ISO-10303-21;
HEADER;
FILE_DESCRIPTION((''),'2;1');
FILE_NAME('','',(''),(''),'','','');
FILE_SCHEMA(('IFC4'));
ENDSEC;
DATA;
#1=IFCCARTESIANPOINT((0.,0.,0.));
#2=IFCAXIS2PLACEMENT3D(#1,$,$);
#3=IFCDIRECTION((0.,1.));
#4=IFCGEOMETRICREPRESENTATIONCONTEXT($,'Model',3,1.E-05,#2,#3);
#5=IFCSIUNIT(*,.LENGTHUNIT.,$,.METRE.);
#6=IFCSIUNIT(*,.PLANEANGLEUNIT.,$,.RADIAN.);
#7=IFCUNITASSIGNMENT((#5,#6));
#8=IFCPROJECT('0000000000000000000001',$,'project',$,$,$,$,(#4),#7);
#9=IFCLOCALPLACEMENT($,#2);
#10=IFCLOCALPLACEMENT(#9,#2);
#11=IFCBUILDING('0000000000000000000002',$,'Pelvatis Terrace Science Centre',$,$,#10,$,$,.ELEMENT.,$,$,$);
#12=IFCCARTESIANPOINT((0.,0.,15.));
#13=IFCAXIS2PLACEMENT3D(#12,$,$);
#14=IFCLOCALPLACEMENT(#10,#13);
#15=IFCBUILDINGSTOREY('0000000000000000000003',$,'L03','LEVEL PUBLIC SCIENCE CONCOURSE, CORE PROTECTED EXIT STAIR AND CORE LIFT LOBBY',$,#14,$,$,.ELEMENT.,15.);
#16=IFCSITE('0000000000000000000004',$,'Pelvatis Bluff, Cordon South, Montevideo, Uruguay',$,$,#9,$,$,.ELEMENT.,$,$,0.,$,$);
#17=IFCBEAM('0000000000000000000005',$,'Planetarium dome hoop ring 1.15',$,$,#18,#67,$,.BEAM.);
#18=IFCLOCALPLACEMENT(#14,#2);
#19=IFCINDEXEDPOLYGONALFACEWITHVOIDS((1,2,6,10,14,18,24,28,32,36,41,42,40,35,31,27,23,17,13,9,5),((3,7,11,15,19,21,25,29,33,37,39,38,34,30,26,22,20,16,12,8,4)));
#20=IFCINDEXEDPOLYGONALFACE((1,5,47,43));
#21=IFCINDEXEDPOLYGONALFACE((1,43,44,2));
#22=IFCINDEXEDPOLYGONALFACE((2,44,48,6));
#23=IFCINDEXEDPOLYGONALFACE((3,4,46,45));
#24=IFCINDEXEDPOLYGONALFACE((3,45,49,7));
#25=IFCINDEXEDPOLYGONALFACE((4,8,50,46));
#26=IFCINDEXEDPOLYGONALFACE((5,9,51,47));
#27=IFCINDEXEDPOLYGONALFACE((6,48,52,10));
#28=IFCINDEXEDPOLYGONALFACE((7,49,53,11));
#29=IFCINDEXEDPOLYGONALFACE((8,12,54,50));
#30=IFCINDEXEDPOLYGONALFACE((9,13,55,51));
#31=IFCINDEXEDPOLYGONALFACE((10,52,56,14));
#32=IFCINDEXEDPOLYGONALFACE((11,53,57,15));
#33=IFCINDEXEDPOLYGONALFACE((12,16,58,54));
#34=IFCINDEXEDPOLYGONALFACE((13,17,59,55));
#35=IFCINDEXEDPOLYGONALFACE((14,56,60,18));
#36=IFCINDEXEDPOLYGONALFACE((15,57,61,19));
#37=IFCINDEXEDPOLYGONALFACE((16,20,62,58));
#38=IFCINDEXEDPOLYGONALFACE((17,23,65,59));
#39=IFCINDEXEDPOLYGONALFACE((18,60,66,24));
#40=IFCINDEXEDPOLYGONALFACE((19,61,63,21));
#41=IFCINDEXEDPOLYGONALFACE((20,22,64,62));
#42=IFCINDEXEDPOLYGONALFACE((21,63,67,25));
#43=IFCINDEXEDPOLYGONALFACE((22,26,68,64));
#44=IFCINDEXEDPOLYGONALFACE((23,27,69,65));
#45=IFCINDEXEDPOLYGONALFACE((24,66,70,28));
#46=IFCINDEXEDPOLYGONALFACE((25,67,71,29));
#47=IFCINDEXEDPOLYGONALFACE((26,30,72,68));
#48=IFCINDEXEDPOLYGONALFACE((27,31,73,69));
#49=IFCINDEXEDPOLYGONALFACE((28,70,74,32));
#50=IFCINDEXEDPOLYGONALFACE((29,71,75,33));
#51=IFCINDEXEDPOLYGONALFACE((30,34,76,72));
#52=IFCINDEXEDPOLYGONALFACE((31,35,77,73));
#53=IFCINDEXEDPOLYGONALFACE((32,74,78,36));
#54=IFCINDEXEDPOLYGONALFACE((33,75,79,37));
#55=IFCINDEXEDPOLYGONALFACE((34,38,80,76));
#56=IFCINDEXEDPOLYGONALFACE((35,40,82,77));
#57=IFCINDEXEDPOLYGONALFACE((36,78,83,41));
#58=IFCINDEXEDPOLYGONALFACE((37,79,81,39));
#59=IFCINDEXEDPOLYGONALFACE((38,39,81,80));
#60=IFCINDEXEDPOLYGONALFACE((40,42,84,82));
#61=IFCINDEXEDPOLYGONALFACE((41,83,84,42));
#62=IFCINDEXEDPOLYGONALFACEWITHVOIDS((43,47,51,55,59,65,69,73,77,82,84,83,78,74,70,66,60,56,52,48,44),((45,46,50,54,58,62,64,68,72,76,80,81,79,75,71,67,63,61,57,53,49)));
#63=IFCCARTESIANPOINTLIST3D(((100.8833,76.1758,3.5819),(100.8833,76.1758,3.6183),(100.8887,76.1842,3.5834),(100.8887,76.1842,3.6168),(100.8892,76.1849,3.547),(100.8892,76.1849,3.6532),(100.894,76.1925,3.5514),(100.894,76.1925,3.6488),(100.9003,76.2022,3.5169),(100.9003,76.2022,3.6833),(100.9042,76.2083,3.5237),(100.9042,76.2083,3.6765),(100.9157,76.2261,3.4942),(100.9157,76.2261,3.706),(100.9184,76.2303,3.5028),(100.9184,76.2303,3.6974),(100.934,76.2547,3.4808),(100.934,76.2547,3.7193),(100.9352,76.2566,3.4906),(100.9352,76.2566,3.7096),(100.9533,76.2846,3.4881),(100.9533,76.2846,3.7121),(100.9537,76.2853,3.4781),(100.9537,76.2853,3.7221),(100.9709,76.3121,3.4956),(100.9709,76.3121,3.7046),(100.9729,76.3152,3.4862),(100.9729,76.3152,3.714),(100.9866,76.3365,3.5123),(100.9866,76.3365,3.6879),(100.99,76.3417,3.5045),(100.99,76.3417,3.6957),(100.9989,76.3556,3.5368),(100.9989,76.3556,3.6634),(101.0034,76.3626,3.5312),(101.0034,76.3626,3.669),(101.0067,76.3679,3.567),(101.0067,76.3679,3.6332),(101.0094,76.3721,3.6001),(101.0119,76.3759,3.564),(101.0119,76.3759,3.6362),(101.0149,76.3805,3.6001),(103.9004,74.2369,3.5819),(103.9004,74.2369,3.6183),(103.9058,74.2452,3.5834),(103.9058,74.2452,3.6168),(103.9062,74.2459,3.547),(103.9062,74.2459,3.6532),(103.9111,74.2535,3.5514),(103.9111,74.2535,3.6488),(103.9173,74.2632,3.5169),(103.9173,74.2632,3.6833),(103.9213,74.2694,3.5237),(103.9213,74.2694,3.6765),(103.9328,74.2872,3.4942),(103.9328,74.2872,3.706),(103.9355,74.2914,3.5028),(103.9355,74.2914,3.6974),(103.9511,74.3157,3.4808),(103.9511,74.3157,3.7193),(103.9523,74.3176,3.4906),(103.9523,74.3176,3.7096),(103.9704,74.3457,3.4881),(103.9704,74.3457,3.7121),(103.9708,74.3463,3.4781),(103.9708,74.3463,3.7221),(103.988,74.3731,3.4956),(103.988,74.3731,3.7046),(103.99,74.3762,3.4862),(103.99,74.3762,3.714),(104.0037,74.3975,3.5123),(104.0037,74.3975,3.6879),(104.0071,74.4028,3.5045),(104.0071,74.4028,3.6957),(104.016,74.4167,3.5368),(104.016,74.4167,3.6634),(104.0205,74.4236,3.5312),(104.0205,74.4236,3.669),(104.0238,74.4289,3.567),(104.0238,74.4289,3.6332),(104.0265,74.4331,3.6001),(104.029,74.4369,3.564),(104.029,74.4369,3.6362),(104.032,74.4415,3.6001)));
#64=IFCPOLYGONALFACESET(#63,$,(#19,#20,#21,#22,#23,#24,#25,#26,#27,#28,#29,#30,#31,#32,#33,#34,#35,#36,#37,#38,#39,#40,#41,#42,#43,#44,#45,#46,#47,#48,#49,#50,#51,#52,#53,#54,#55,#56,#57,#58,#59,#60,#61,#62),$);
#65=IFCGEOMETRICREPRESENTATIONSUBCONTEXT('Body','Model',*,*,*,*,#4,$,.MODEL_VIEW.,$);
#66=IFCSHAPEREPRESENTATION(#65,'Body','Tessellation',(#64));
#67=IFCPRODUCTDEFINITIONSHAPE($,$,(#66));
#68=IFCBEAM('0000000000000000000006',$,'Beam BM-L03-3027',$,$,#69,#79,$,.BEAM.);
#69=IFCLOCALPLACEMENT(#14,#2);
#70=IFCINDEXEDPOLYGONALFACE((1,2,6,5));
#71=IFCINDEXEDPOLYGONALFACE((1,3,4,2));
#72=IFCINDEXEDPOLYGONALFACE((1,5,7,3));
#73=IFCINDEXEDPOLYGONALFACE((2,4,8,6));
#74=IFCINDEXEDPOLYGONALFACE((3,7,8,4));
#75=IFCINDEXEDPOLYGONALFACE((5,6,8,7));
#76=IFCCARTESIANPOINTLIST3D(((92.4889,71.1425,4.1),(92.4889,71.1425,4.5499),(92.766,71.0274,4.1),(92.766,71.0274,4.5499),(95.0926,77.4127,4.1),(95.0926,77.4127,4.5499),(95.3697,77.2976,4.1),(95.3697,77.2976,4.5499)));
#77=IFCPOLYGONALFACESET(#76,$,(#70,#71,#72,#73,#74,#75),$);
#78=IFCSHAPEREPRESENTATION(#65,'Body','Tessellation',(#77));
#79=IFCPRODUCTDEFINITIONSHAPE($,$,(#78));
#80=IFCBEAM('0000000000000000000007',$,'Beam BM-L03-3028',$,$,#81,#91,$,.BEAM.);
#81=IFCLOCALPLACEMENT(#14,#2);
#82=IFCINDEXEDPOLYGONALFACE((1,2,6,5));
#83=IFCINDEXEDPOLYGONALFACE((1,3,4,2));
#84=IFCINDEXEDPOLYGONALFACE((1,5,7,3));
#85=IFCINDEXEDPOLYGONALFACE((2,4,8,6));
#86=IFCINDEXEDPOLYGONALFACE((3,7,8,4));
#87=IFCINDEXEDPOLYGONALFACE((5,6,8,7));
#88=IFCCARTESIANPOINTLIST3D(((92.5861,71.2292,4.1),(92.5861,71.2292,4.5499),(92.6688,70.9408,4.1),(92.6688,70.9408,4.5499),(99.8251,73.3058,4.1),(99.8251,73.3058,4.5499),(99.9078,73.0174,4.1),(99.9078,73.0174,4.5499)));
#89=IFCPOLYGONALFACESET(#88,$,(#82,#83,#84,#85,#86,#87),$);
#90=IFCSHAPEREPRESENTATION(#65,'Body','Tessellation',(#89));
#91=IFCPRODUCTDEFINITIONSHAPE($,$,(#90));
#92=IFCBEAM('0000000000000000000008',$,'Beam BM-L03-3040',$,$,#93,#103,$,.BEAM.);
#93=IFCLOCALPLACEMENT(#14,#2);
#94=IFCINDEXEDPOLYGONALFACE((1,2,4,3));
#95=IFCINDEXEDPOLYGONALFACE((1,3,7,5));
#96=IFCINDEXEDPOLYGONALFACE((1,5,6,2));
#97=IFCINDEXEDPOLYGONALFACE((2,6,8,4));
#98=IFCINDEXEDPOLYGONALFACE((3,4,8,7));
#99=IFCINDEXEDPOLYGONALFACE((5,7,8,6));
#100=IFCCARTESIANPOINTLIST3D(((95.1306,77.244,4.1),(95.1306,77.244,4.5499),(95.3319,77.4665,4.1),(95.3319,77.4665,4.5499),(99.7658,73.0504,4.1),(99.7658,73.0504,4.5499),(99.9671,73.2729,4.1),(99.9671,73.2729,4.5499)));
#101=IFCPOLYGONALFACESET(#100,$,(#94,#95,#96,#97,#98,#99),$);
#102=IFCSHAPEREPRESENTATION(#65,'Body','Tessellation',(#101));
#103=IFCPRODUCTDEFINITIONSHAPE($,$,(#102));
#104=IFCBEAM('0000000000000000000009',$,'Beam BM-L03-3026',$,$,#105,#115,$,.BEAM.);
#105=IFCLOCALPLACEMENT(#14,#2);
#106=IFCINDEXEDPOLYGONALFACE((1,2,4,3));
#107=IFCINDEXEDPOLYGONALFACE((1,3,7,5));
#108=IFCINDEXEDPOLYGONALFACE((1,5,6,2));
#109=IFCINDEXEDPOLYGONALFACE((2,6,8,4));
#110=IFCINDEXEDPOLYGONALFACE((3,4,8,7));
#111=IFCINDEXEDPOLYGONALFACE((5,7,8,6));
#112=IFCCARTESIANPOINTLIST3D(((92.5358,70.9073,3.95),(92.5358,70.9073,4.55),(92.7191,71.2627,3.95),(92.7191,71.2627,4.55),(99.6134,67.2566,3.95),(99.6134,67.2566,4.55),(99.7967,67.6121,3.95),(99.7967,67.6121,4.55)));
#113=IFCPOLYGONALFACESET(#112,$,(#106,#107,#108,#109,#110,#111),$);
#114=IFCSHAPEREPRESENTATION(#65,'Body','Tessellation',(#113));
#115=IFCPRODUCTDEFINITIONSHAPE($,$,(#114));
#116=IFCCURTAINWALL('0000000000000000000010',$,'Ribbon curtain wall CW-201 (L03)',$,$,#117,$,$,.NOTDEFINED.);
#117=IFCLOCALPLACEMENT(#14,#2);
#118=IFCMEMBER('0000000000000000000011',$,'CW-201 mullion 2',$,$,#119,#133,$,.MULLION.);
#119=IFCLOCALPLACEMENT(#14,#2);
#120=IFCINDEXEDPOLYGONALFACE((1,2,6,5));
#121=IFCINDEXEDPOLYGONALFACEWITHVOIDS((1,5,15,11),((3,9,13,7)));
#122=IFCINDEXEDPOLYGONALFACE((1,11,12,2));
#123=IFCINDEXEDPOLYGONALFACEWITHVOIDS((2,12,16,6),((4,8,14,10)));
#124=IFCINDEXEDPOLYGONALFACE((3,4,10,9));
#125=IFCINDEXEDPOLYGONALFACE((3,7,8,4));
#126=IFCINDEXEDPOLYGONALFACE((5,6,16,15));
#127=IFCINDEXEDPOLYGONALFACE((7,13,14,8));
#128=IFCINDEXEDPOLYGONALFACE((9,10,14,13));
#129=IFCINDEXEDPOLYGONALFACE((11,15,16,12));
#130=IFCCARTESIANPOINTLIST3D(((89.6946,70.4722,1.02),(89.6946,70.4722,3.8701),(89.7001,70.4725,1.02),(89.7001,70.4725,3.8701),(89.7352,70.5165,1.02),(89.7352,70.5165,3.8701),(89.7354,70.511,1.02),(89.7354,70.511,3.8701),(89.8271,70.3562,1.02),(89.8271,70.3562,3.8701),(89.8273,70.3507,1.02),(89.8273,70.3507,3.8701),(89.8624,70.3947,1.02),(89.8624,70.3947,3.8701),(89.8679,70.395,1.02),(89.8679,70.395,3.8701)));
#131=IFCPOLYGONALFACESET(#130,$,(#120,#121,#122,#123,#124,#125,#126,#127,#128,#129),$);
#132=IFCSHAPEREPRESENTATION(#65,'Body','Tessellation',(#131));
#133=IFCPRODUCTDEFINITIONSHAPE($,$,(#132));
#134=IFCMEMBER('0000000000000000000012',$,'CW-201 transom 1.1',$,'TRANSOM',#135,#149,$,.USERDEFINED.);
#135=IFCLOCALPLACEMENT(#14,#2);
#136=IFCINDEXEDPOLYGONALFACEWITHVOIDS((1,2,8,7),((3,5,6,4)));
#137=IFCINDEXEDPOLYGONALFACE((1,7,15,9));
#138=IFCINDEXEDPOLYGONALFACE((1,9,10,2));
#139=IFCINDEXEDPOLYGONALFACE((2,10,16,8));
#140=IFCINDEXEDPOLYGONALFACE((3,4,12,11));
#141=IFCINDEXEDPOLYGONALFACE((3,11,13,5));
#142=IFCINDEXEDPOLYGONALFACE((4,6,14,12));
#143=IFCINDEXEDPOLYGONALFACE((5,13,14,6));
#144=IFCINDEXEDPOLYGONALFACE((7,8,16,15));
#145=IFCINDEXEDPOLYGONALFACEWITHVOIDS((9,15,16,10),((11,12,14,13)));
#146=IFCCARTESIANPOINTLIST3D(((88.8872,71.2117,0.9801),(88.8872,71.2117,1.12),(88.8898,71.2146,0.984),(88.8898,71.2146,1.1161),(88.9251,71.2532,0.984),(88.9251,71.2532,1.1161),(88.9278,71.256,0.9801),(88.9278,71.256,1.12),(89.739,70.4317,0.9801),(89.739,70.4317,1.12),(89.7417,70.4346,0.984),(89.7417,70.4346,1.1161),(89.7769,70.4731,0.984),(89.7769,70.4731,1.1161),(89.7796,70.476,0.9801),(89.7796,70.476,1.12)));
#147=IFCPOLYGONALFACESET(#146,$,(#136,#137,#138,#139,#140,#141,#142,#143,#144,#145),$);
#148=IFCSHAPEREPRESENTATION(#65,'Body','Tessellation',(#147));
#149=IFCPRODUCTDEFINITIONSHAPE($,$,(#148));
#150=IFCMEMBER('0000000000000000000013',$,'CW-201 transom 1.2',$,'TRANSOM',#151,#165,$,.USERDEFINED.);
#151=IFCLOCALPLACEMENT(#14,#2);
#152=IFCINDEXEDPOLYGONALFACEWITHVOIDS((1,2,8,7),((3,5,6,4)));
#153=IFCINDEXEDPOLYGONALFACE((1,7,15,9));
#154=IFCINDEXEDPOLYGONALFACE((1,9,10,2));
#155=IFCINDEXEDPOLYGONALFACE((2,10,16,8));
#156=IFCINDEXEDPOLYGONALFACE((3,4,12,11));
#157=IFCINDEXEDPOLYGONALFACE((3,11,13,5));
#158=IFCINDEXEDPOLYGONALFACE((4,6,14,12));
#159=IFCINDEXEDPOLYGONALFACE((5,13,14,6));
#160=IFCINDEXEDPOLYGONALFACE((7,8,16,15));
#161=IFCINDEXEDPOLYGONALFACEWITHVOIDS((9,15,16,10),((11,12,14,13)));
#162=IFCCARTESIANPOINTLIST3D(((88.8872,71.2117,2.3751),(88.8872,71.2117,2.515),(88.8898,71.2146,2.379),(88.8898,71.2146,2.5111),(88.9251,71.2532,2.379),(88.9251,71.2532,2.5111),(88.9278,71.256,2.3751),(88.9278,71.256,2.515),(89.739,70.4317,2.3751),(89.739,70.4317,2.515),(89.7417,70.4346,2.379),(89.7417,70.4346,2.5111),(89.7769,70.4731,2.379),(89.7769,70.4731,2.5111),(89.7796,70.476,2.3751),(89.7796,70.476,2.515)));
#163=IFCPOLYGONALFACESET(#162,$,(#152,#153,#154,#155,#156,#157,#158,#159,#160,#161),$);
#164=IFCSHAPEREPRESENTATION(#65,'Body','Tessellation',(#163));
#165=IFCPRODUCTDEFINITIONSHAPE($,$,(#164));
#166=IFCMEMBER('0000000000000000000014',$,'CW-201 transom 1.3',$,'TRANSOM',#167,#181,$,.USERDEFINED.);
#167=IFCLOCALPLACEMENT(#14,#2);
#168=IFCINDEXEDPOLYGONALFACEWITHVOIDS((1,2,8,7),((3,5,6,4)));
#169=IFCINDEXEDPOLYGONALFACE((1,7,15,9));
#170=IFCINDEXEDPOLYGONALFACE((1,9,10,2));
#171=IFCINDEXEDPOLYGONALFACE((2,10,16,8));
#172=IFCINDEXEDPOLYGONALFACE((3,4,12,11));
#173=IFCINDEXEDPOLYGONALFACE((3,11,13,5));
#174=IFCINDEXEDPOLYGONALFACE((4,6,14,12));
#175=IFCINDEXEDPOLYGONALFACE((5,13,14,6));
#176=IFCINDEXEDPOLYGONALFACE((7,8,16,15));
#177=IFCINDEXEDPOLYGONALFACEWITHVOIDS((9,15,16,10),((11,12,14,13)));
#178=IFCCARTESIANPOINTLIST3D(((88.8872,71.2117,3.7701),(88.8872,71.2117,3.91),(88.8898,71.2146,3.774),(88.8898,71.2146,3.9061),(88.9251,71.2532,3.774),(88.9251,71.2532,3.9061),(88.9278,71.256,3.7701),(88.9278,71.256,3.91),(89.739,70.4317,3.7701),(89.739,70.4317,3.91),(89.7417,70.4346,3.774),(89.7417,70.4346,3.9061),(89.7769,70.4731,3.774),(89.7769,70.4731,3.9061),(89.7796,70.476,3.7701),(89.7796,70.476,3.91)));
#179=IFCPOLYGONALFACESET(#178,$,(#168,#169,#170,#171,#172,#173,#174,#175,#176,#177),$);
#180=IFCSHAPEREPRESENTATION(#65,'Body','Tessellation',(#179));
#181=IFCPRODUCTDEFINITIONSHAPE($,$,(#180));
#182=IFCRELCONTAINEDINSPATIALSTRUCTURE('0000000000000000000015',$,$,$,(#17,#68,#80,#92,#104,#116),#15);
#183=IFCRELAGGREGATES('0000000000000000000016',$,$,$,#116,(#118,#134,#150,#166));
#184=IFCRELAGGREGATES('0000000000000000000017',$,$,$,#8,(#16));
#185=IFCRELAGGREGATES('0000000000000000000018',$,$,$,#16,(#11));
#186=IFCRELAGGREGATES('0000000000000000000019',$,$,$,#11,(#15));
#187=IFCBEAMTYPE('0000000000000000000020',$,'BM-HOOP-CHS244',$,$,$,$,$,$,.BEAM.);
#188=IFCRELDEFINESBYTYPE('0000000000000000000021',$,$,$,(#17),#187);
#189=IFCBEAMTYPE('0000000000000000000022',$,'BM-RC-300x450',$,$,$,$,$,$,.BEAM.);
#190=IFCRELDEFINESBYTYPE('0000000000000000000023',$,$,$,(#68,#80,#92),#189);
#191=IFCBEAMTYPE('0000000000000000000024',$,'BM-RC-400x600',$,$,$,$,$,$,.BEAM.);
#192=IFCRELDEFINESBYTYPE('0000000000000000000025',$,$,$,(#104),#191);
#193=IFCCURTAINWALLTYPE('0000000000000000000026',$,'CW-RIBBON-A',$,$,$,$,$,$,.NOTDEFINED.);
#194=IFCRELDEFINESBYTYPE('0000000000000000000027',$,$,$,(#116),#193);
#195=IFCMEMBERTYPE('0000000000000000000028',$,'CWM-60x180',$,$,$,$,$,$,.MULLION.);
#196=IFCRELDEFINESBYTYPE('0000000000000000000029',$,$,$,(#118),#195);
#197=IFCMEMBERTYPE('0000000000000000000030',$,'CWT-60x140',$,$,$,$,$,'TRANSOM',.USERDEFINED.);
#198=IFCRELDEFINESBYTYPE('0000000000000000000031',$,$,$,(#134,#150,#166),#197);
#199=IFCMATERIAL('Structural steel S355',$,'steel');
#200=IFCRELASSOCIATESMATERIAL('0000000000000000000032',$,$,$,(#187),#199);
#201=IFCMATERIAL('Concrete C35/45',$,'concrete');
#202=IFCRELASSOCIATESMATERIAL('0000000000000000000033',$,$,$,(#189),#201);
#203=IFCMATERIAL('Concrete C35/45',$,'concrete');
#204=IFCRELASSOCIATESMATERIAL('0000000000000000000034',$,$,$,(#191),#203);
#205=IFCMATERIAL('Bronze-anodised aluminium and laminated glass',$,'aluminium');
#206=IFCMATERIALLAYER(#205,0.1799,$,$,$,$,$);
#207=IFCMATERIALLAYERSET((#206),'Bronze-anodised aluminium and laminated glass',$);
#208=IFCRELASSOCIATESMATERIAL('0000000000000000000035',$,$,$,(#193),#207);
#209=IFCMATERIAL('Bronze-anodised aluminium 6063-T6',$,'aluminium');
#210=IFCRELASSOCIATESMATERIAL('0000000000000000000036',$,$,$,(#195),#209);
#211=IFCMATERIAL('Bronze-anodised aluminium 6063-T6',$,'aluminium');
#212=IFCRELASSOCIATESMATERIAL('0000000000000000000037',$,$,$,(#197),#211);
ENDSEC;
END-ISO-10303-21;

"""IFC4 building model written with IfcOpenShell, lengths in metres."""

from ifc_helpers import new_model, si_unit, direction, frame, origin, origin_2d, place, context, subcontext, project, spatial, rectangle, hollow_rectangle, hollow_circle, extrude, material, layer, layer_set, material_profile, profile_set, type_object, element, aggregate, save


model = new_model("IFC4")

# Units and contexts
model_context = context("Model", 3, precision=1e-05, world=origin(), true_north=direction((0.0, 1.0)))
body_context = subcontext(model_context, "Body", "Model", "MODEL_VIEW")
ifc_project = project(units=[si_unit("LENGTHUNIT", "METRE"), si_unit("PLANEANGLEUNIT", "RADIAN")], contexts=[model_context])

# Site, building, storey
site_placement = place(None, origin())
site = spatial("IfcSite", under=ifc_project, at=site_placement, Name="Pelvatis Bluff, Cordon South, Montevideo, Uruguay", CompositionType="ELEMENT", RefElevation=0.0)
building_placement = place(site_placement, origin())
building = spatial("IfcBuilding", under=site, at=building_placement, Name="Pelvatis Terrace Science Centre", CompositionType="ELEMENT")
storey_placement = place(building_placement, frame((0.0, 0.0, 15.0)))
storey = spatial("IfcBuildingStorey", under=building, at=storey_placement, Name="L03", Description="LEVEL PUBLIC SCIENCE CONCOURSE, CORE PROTECTED EXIT STAIR AND CORE LIFT LOBBY", CompositionType="ELEMENT", Elevation=15.0)

# Beams
ifc_material_1 = material(Name="Structural steel S355", Category="steel")
ifc_material_profile_1 = material_profile(ifc_material_1, hollow_circle(Radius=0.1223, WallThickness=0.01, at=origin_2d()), Name="CHS 244.5x10.0")
ifc_profile_set_1 = profile_set([ifc_material_profile_1], Name="Structural steel S355")
beam_type_1 = type_object("IfcBeamType", Name="BM-HOOP-CHS244", PredefinedType="BEAM", material=ifc_profile_set_1)
beam_1_placement = place(storey_placement, frame((100.9487, 76.2776, 3.6001), z_axis=(0.841254, -0.540641, 0.0), x_axis=(0.540641, 0.841254, 0.0)))
element("IfcBeam", 1, at=beam_1_placement, inside=storey, type_object=beam_type_1, Name="Planetarium dome hoop ring 1.15", PredefinedType="BEAM", context=body_context, shape_type="SweptSolid", body=[
    extrude(hollow_circle(Radius=0.1223, WallThickness=0.01, at=origin_2d()), origin(), (0.0, 0.0, 1.0), 3.5864),
])
ifc_material_2 = material(Name="Concrete C35/45", Category="concrete")
ifc_material_profile_2 = material_profile(ifc_material_2, rectangle(XDim=0.3, YDim=0.45, at=origin_2d()), Name="RC-BM 300x450")
ifc_profile_set_2 = profile_set([ifc_material_profile_2], Name="Concrete C35/45")
beam_type_2 = type_object("IfcBeamType", Name="BM-RC-300x450", PredefinedType="BEAM", material=ifc_profile_set_2)
beam_2_placement = place(storey_placement, frame((92.6274, 71.085, 4.325), z_axis=(0.383504, 0.923539, 0.0), x_axis=(-0.923539, 0.383504, 0.0)))
element("IfcBeam", 2, at=beam_2_placement, inside=storey, type_object=beam_type_2, Name="Beam BM-L03-3027", PredefinedType="BEAM", context=body_context, shape_type="SweptSolid", body=[
    extrude(rectangle(XDim=0.3, YDim=0.45, at=origin_2d()), origin(), (0.0, 0.0, 1.0), 6.7893),
])
beam_3_placement = place(storey_placement, frame((92.6274, 71.085, 4.325), z_axis=(0.96123, 0.275749, 0.0), x_axis=(-0.275749, 0.96123, 0.0)))
element("IfcBeam", 3, at=beam_3_placement, inside=storey, type_object=beam_type_2, Name="Beam BM-L03-3028", PredefinedType="BEAM", context=body_context, shape_type="SweptSolid", body=[
    extrude(rectangle(XDim=0.3, YDim=0.45, at=origin_2d()), origin(), (0.0, 0.0, 1.0), 7.531),
])
beam_4_placement = place(storey_placement, frame((95.2312, 77.3552, 4.325), z_axis=(0.741552, -0.670896, 0.0), x_axis=(0.670896, 0.741552, 0.0)))
element("IfcBeam", 4, at=beam_4_placement, inside=storey, type_object=beam_type_2, Name="Beam BM-L03-3040", PredefinedType="BEAM", context=body_context, shape_type="SweptSolid", body=[
    extrude(rectangle(XDim=0.3, YDim=0.45, at=origin_2d()), origin(), (0.0, 0.0, 1.0), 6.2507),
])
ifc_material_3 = material(Name="Concrete C35/45", Category="concrete")
ifc_material_profile_3 = material_profile(ifc_material_3, rectangle(XDim=0.3999, YDim=0.6001, at=origin_2d()), Name="RC-BM 400x600")
ifc_profile_set_3 = profile_set([ifc_material_profile_3], Name="Concrete C35/45")
beam_type_3 = type_object("IfcBeamType", Name="BM-RC-400x600", PredefinedType="BEAM", material=ifc_profile_set_3)
beam_5_placement = place(storey_placement, frame((92.6274, 71.085, 4.25), z_axis=(0.88874, -0.458411, 0.0), x_axis=(0.458411, 0.88874, 0.0)))
element("IfcBeam", 5, at=beam_5_placement, inside=storey, type_object=beam_type_3, Name="Beam BM-L03-3026", PredefinedType="BEAM", context=body_context, shape_type="SweptSolid", body=[
    extrude(rectangle(XDim=0.3999, YDim=0.6001, at=origin_2d()), origin(), (0.0, 0.0, 1.0), 7.9636),
])

# Curtain wall, members
ifc_material_4 = material(Name="Bronze-anodised aluminium and laminated glass", Category="aluminium")
ifc_layer_1 = layer(ifc_material_4, 0.1799)
ifc_layer_set_1 = layer_set([ifc_layer_1], Name="Bronze-anodised aluminium and laminated glass")
curtain_wall_type = type_object("IfcCurtainWallType", Name="CW-RIBBON-A", PredefinedType="NOTDEFINED", material=ifc_layer_set_1)
curtain_wall_placement = place(storey_placement, origin())
curtain_wall = element("IfcCurtainWall", 6, at=curtain_wall_placement, inside=storey, type_object=curtain_wall_type, Name="Ribbon curtain wall CW-201 (L03)", PredefinedType="NOTDEFINED")
ifc_material_5 = material(Name="Bronze-anodised aluminium 6063-T6", Category="aluminium")
ifc_material_profile_4 = material_profile(ifc_material_5, hollow_rectangle(XDim=0.0601, YDim=0.1799, WallThickness=0.0039, at=origin_2d()), Name="ALU-MUL 60x180")
ifc_profile_set_4 = profile_set([ifc_material_profile_4], Name="Bronze-anodised aluminium 6063-T6")
member_type_1 = type_object("IfcMemberType", Name="CWM-60x180", PredefinedType="MULLION", material=ifc_profile_set_4)
member_1_placement = place(storey_placement, frame((89.7812, 70.4336, 1.02), z_axis=(0.0, 0.0, 1.0), x_axis=(0.675452, 0.737404, 0.0)))
member_1 = element("IfcMember", 7, at=member_1_placement, type_object=member_type_1, Name="CW-201 mullion 2", PredefinedType="MULLION", context=body_context, shape_type="SweptSolid", body=[
    extrude(hollow_rectangle(XDim=0.0601, YDim=0.1799, WallThickness=0.0039, at=origin_2d()), origin(), (0.0, 0.0, 1.0), 2.8501),
])
ifc_material_6 = material(Name="Bronze-anodised aluminium 6063-T6", Category="aluminium")
ifc_material_profile_5 = material_profile(ifc_material_6, hollow_rectangle(XDim=0.0601, YDim=0.1399, WallThickness=0.0039, at=origin_2d()), Name="ALU-TRN 60x140")
ifc_profile_set_5 = profile_set([ifc_material_profile_5], Name="Bronze-anodised aluminium 6063-T6")
member_type_2 = type_object("IfcMemberType", Name="CWT-60x140", ElementType="TRANSOM", PredefinedType="USERDEFINED", material=ifc_profile_set_5)
member_2_placement = place(storey_placement, frame((88.9075, 71.2339, 1.05), z_axis=(0.737496, -0.675351, 0.0), x_axis=(0.675351, 0.737496, 0.0)))
member_2 = element("IfcMember", 8, at=member_2_placement, type_object=member_type_2, Name="CW-201 transom 1.1", ObjectType="TRANSOM", PredefinedType="USERDEFINED", context=body_context, shape_type="SweptSolid", body=[
    extrude(hollow_rectangle(XDim=0.0601, YDim=0.1399, WallThickness=0.0039, at=origin_2d()), origin(), (0.0, 0.0, 1.0), 1.155),
])
member_3_placement = place(storey_placement, frame((88.9075, 71.2339, 2.4451), z_axis=(0.737496, -0.675351, 0.0), x_axis=(0.675351, 0.737496, 0.0)))
member_3 = element("IfcMember", 9, at=member_3_placement, type_object=member_type_2, Name="CW-201 transom 1.2", ObjectType="TRANSOM", PredefinedType="USERDEFINED", context=body_context, shape_type="SweptSolid", body=[
    extrude(hollow_rectangle(XDim=0.0601, YDim=0.1399, WallThickness=0.0039, at=origin_2d()), origin(), (0.0, 0.0, 1.0), 1.155),
])
member_4_placement = place(storey_placement, frame((88.9075, 71.2339, 3.8401), z_axis=(0.737496, -0.675351, 0.0), x_axis=(0.675351, 0.737496, 0.0)))
member_4 = element("IfcMember", 10, at=member_4_placement, type_object=member_type_2, Name="CW-201 transom 1.3", ObjectType="TRANSOM", PredefinedType="USERDEFINED", context=body_context, shape_type="SweptSolid", body=[
    extrude(hollow_rectangle(XDim=0.0601, YDim=0.1399, WallThickness=0.0039, at=origin_2d()), origin(), (0.0, 0.0, 1.0), 1.155),
])
aggregate(curtain_wall, [member_1, member_2, member_3, member_4])

save(model, "model.ifc")
